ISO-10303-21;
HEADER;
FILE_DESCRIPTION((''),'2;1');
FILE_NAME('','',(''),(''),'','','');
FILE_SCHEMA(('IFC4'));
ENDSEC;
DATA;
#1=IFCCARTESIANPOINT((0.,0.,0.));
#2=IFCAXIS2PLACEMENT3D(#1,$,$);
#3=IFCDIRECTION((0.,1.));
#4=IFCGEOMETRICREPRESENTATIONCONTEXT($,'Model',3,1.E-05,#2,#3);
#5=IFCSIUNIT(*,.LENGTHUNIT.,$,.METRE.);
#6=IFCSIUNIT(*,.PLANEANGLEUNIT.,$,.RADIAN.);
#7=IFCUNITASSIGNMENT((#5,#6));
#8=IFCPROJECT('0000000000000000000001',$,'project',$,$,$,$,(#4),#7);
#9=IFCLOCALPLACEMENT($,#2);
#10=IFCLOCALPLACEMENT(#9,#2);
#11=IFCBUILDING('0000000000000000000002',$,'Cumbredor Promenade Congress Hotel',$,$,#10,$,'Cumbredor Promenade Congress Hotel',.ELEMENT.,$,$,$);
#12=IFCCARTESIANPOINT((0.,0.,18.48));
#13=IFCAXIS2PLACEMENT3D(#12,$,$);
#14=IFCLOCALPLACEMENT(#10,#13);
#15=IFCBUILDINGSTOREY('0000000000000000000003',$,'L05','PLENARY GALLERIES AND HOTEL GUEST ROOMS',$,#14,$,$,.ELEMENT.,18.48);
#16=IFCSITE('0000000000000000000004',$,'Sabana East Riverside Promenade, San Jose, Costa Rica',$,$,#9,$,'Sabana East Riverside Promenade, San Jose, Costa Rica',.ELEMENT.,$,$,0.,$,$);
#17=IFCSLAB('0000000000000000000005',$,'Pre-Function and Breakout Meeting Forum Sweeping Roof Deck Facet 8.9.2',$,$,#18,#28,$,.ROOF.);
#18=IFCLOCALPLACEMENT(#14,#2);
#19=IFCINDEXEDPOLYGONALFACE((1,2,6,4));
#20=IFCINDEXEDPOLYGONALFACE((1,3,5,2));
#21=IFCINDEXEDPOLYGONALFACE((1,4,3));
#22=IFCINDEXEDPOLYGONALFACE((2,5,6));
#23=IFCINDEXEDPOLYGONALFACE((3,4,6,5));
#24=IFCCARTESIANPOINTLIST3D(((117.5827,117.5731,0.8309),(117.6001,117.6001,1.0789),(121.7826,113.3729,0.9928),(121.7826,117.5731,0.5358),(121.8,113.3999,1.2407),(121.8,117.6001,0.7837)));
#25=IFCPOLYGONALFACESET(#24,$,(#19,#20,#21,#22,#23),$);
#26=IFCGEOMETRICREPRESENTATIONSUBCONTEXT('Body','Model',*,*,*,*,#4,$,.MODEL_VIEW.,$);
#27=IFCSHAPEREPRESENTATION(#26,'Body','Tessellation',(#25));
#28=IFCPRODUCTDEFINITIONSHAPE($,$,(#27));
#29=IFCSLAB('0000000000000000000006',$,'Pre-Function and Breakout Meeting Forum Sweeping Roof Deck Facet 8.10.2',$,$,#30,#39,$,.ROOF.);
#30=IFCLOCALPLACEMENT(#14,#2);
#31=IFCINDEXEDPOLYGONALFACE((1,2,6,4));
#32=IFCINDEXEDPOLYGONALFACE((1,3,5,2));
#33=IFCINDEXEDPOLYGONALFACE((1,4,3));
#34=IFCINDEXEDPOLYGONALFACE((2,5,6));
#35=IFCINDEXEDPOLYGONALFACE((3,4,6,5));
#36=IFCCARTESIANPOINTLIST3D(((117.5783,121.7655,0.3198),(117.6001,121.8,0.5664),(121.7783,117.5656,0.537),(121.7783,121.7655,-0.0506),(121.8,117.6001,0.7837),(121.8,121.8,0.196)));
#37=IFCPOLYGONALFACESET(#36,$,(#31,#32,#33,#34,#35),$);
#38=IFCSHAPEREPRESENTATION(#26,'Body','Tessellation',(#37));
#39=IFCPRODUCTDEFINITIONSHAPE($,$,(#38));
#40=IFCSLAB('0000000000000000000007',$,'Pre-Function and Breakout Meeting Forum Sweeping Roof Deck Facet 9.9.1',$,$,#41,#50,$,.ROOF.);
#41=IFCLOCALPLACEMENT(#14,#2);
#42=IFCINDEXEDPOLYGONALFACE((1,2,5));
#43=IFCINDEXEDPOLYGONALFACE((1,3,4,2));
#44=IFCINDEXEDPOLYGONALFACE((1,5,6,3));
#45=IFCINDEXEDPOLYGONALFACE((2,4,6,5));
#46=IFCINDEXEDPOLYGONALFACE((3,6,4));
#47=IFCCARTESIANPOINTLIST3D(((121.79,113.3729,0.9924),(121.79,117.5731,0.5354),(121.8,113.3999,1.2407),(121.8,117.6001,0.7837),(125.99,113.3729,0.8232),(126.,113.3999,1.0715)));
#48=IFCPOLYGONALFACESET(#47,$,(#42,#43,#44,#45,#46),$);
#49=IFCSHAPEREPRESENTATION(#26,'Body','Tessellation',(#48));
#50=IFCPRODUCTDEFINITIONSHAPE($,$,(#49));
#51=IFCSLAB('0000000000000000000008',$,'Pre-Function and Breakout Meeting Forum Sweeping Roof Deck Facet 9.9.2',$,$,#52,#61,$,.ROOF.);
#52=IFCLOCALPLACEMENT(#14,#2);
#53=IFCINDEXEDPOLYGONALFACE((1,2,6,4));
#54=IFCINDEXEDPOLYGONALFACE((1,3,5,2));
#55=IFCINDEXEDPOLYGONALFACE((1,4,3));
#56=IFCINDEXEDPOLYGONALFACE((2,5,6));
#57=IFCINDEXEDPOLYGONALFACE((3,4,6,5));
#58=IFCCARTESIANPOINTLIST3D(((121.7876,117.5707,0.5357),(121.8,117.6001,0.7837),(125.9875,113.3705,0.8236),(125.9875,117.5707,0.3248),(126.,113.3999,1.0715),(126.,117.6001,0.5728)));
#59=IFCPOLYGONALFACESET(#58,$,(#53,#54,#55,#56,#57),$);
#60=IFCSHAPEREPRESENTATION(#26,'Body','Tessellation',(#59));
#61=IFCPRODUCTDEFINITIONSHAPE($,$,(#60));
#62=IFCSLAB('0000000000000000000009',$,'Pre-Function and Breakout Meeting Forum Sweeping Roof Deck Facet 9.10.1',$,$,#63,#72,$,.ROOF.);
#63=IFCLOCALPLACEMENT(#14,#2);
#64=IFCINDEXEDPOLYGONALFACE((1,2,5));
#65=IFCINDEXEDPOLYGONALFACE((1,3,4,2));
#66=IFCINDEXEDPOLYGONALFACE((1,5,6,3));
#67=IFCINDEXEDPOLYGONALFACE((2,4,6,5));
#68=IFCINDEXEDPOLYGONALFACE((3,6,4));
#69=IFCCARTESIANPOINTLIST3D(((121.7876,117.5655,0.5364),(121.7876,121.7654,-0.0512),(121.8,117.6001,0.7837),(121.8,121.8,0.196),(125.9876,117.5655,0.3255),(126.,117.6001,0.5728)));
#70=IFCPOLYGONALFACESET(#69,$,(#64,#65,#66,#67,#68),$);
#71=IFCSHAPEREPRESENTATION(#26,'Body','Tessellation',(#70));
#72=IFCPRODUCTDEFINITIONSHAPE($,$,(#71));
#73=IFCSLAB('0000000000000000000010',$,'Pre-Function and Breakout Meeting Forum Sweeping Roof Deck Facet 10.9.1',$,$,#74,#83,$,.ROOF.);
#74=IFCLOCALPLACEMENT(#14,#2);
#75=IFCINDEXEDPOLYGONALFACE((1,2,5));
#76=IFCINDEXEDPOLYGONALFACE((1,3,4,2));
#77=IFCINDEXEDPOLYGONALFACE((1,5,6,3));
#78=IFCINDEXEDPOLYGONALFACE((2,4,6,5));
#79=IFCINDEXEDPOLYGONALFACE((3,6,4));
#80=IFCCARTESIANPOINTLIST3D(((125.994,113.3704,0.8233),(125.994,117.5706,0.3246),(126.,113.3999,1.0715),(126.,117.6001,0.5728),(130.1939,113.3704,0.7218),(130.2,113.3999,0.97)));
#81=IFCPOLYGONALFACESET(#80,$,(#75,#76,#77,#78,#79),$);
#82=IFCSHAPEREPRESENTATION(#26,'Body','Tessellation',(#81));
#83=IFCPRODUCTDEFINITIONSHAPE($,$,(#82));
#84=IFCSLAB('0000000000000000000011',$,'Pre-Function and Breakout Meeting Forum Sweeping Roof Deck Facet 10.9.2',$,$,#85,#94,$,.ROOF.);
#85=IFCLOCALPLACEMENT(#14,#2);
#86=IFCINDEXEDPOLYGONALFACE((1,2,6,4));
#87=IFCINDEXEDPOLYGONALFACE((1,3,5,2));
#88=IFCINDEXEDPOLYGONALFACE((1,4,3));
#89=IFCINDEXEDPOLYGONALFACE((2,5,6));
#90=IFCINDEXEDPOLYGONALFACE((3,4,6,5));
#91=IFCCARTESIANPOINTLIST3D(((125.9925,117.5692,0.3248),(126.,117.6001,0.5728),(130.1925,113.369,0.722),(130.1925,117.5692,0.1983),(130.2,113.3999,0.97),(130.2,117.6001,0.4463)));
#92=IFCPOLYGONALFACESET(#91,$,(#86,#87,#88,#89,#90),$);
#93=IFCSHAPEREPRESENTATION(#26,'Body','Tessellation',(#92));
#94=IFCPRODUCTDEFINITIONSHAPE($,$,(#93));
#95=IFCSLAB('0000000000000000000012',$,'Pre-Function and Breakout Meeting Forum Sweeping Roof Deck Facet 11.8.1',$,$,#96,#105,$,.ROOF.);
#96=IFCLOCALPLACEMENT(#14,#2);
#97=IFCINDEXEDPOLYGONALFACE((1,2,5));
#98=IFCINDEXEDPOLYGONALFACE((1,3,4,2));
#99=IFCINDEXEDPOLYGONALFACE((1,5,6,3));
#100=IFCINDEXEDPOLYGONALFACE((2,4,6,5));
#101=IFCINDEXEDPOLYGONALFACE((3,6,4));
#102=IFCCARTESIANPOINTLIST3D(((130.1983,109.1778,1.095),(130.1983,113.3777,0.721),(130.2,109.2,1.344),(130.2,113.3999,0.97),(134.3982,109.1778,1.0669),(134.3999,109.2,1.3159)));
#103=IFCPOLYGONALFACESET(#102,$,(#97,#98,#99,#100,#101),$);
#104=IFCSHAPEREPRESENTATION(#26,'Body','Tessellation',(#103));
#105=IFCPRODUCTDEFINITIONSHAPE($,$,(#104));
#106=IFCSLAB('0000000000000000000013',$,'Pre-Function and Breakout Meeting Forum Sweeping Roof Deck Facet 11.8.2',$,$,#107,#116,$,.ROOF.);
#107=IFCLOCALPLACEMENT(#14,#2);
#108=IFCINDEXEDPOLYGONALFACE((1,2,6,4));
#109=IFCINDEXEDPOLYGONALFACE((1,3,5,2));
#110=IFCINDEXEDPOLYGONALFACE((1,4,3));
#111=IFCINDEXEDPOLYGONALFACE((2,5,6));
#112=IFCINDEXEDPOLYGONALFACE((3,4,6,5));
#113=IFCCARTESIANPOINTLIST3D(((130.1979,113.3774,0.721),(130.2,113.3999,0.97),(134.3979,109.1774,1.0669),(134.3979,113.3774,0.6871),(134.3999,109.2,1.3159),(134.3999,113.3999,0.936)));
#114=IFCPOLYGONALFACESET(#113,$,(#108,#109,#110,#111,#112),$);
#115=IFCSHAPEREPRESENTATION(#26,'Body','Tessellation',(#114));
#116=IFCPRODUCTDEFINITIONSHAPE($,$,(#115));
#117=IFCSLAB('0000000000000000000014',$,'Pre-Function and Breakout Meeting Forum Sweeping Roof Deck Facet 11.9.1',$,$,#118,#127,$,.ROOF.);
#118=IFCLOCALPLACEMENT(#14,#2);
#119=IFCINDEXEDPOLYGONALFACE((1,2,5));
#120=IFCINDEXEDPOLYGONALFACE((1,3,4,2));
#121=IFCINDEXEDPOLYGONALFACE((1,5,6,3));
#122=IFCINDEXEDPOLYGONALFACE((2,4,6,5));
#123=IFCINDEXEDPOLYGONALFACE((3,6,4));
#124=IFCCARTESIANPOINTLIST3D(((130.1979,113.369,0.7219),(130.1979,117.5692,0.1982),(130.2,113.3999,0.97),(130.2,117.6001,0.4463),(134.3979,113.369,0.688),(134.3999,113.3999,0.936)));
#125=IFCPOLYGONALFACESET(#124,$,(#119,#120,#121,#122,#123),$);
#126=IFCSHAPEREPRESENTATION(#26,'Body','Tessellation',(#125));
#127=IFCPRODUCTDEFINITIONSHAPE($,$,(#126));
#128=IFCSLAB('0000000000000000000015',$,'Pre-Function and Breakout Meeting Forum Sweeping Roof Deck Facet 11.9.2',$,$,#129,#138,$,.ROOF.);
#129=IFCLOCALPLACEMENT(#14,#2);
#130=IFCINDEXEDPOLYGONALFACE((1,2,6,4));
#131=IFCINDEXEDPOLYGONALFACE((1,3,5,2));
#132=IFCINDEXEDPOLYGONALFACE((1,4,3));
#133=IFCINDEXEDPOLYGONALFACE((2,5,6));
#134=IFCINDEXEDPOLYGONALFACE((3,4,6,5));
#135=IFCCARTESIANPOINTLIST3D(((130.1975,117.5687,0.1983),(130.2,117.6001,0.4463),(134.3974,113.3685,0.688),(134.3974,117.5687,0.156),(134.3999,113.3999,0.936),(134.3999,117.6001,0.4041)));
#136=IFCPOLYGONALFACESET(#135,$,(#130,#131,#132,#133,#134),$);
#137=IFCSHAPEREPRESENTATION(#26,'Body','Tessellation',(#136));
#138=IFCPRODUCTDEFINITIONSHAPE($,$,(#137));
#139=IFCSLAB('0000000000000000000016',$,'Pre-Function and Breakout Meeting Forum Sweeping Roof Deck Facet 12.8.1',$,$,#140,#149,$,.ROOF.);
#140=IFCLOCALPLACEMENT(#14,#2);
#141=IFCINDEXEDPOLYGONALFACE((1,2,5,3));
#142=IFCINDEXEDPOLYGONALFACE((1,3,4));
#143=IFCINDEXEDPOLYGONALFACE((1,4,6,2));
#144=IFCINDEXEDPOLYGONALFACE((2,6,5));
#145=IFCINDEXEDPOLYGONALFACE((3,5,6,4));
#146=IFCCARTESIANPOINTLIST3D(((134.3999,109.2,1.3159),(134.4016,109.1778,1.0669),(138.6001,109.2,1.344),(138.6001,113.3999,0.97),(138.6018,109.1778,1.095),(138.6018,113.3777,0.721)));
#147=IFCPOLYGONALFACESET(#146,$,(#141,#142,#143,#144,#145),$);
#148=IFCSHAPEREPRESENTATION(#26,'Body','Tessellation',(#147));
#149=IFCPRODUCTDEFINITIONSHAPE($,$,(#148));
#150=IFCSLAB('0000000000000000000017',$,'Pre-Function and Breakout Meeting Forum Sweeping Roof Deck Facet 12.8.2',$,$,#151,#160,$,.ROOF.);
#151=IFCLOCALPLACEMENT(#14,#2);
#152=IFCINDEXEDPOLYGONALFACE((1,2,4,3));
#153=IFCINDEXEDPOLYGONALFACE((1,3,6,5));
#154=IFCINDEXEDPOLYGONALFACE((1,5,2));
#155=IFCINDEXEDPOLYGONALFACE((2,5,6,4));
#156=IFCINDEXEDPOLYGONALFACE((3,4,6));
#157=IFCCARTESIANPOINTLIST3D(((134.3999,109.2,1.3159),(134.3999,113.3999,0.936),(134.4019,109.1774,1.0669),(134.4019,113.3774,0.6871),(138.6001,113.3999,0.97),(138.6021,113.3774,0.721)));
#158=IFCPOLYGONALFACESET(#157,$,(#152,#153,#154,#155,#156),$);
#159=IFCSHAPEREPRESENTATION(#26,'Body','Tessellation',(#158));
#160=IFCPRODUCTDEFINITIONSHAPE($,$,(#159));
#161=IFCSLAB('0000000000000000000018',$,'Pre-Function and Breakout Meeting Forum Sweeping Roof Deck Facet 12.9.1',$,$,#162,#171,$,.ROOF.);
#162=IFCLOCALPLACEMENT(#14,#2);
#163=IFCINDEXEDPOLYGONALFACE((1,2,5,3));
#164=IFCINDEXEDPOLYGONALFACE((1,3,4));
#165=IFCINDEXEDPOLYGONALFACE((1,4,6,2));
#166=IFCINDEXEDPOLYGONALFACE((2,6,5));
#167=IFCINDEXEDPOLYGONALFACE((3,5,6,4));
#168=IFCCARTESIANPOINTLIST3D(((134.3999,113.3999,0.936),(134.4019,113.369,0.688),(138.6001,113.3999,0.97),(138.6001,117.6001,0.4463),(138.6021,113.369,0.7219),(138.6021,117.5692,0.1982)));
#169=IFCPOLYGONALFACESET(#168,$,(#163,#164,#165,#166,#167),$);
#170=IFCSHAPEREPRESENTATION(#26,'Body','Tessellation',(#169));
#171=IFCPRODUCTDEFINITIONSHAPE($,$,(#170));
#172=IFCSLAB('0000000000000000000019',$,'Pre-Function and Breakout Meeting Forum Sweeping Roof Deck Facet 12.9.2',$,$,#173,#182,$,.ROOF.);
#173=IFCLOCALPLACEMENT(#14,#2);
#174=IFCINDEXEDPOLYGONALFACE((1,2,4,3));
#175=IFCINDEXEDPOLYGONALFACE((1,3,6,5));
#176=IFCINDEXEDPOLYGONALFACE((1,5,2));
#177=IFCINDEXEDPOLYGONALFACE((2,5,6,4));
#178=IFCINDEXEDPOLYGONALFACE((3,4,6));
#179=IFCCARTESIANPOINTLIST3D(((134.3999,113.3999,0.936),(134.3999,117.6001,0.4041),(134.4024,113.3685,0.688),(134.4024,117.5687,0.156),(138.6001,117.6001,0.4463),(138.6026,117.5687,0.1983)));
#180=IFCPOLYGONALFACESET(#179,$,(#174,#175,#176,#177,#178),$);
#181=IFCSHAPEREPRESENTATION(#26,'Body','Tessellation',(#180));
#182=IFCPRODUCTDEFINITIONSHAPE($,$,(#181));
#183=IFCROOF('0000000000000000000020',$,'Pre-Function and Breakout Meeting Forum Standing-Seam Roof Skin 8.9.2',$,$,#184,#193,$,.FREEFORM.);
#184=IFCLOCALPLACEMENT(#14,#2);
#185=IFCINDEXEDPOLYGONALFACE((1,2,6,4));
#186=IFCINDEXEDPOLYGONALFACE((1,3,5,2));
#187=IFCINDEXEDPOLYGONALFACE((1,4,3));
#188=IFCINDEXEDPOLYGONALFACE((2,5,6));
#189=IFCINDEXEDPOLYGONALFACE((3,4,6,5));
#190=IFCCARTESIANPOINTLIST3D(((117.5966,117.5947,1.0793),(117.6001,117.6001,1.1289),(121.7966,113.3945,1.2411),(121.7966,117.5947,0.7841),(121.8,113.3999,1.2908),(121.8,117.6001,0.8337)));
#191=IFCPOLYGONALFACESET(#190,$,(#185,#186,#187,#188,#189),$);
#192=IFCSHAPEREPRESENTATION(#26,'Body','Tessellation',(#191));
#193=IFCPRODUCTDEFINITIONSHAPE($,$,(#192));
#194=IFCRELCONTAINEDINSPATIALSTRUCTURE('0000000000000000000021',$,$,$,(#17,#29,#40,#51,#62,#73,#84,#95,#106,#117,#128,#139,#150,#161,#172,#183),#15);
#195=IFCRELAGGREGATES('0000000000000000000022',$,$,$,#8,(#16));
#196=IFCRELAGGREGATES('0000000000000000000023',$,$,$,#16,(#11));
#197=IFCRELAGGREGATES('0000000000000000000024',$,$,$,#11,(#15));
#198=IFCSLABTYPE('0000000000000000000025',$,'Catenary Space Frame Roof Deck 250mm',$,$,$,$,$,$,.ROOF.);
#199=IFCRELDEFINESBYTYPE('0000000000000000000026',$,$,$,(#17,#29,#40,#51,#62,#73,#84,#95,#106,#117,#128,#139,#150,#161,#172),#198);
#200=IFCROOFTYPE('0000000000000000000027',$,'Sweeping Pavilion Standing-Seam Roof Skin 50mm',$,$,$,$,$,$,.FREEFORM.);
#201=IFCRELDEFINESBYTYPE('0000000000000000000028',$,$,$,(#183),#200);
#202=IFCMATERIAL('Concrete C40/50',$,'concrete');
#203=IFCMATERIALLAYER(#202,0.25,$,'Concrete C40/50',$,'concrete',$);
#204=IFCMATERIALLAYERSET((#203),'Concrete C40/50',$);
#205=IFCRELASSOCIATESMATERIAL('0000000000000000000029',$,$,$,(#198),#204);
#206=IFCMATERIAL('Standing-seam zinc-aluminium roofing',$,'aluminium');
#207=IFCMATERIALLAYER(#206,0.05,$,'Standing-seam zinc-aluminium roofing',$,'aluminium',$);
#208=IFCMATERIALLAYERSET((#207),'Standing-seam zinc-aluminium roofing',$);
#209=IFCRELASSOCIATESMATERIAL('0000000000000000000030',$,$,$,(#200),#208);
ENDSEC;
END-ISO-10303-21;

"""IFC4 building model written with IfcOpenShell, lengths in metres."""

from ifc_helpers import new_model, si_unit, direction, frame, origin, place, context, subcontext, project, spatial, polyline, outline, extrude, material, layer, layer_set, type_object, element, save


model = new_model("IFC4")

# Units and contexts
model_context = context("Model", 3, precision=1e-05, world=origin(), true_north=direction((0.0, 1.0)))
body_context = subcontext(model_context, "Body", "Model", "MODEL_VIEW")
ifc_project = project(units=[si_unit("LENGTHUNIT", "METRE"), si_unit("PLANEANGLEUNIT", "RADIAN")], contexts=[model_context])

# Site, building, storey
site_placement = place(None, origin())
site = spatial("IfcSite", under=ifc_project, at=site_placement, Name="Sabana East Riverside Promenade, San Jose, Costa Rica", LongName="Sabana East Riverside Promenade, San Jose, Costa Rica", CompositionType="ELEMENT", RefElevation=0.0)
building_placement = place(site_placement, origin())
building = spatial("IfcBuilding", under=site, at=building_placement, Name="Cumbredor Promenade Congress Hotel", LongName="Cumbredor Promenade Congress Hotel", CompositionType="ELEMENT")
storey_placement = place(building_placement, frame((0.0, 0.0, 18.48)))
storey = spatial("IfcBuildingStorey", under=building, at=storey_placement, Name="L05", Description="PLENARY GALLERIES AND HOTEL GUEST ROOMS", CompositionType="ELEMENT", Elevation=18.48)

# Slabs
ifc_material_1 = material(Name="Concrete C40/50", Category="concrete")
ifc_layer_1 = layer(ifc_material_1, 0.25, Name="Concrete C40/50", Category="concrete")
ifc_layer_set_1 = layer_set([ifc_layer_1], Name="Concrete C40/50")
slab_type = type_object("IfcSlabType", Name="Catenary Space Frame Roof Deck 250mm", PredefinedType="ROOF", material=ifc_layer_set_1)
slab_1_placement = place(storey_placement, frame((121.8, 113.3999, 1.2407), z_axis=(0.069696, 0.10791, 0.991715), x_axis=(0.0, 0.994132, -0.108173)))
element("IfcSlab", 1, at=slab_1_placement, inside=storey, type_object=slab_type, Name="Pre-Function and Breakout Meeting Forum Sweeping Roof Deck Facet 8.9.2", PredefinedType="ROOF", context=body_context, shape_type="SweptSolid", body=[
    extrude(outline(polyline([(0.0, 0.0), (4.225, 0.0), (4.1931, 4.2102), (0.0, 0.0)])), origin(), (0.0, 0.0, -1.0), 0.25),
])
slab_2_placement = place(storey_placement, frame((121.8, 117.6001, 0.7837), z_axis=(0.087, 0.138042, 0.986598), x_axis=(0.0, 0.990353, -0.138568)))
element("IfcSlab", 2, at=slab_2_placement, inside=storey, type_object=slab_type, Name="Pre-Function and Breakout Meeting Forum Sweeping Roof Deck Facet 8.10.2", PredefinedType="ROOF", context=body_context, shape_type="SweptSolid", body=[
    extrude(outline(polyline([(0.0, 0.0), (4.2409, 0.0), (4.1895, 4.2159), (0.0, 0.0)])), origin(), (0.0, 0.0, -1.0), 0.25),
])
slab_3_placement = place(storey_placement, frame((121.8, 113.3999, 1.2407), z_axis=(0.040015, 0.108087, 0.993336), x_axis=(0.99919, 0.0, -0.040251)))
element("IfcSlab", 3, at=slab_3_placement, inside=storey, type_object=slab_type, Name="Pre-Function and Breakout Meeting Forum Sweeping Roof Deck Facet 9.9.1", PredefinedType="ROOF", context=body_context, shape_type="SweptSolid", body=[
    extrude(outline(polyline([(0.0, 0.0), (4.2034, 0.0), (0.0184, 4.2249), (0.0, 0.0)])), origin(), (0.0, 0.0, -1.0), 0.25),
])
slab_4_placement = place(storey_placement, frame((126.0, 113.3999, 1.0715), z_axis=(0.049811, 0.117777, 0.99179), x_axis=(0.0, 0.993023, -0.117923)))
element("IfcSlab", 4, at=slab_4_placement, inside=storey, type_object=slab_type, Name="Pre-Function and Breakout Meeting Forum Sweeping Roof Deck Facet 9.9.2", PredefinedType="ROOF", context=body_context, shape_type="SweptSolid", body=[
    extrude(outline(polyline([(0.0, 0.0), (4.2297, 0.0), (4.2048, 4.2052), (0.0, 0.0)])), origin(), (0.0, 0.0, -1.0), 0.25),
])
slab_5_placement = place(storey_placement, frame((121.8, 117.6001, 0.7837), z_axis=(0.049678, 0.138397, 0.98913), x_axis=(0.998741, 0.0, -0.050161)))
element("IfcSlab", 5, at=slab_5_placement, inside=storey, type_object=slab_type, Name="Pre-Function and Breakout Meeting Forum Sweeping Roof Deck Facet 9.10.1", PredefinedType="ROOF", context=body_context, shape_type="SweptSolid", body=[
    extrude(outline(polyline([(0.0, 0.0), (4.2052, 0.0), (0.0295, 4.2408), (0.0, 0.0)])), origin(), (0.0, 0.0, -1.0), 0.25),
])
slab_6_placement = place(storey_placement, frame((126.0, 113.3999, 1.0715), z_axis=(0.024006, 0.117889, 0.992737), x_axis=(0.999708, 0.0, -0.024175)))
element("IfcSlab", 6, at=slab_6_placement, inside=storey, type_object=slab_type, Name="Pre-Function and Breakout Meeting Forum Sweeping Roof Deck Facet 10.9.1", PredefinedType="ROOF", context=body_context, shape_type="SweptSolid", body=[
    extrude(outline(polyline([(0.0, 0.0), (4.2012, 0.0), (0.0121, 4.2297), (0.0, 0.0)])), origin(), (0.0, 0.0, -1.0), 0.25),
])
slab_7_placement = place(storey_placement, frame((130.2, 113.3999, 0.97), z_axis=(0.029866, 0.123667, 0.991874), x_axis=(0.0, 0.992317, -0.123722)))
element("IfcSlab", 7, at=slab_7_placement, inside=storey, type_object=slab_type, Name="Pre-Function and Breakout Meeting Forum Sweeping Roof Deck Facet 10.9.2", PredefinedType="ROOF", context=body_context, shape_type="SweptSolid", body=[
    extrude(outline(polyline([(0.0, 0.0), (4.2327, 0.0), (4.2171, 4.2018), (0.0, 0.0)])), origin(), (0.0, 0.0, -1.0), 0.25),
])
slab_8_placement = place(storey_placement, frame((130.2, 109.2, 1.344), z_axis=(0.006658, 0.088701, 0.996036), x_axis=(0.999978, 0.0, -0.006685)))
element("IfcSlab", 8, at=slab_8_placement, inside=storey, type_object=slab_type, Name="Pre-Function and Breakout Meeting Forum Sweeping Roof Deck Facet 11.8.1", PredefinedType="ROOF", context=body_context, shape_type="SweptSolid", body=[
    extrude(outline(polyline([(0.0, 0.0), (4.2, 0.0), (0.0025, 4.2166), (0.0, 0.0)])), origin(), (0.0, 0.0, -1.0), 0.25),
])
slab_9_placement = place(storey_placement, frame((134.3999, 109.2, 1.3159), z_axis=(0.008047, 0.090079, 0.995902), x_axis=(0.0, 0.995934, -0.090082)))
element("IfcSlab", 9, at=slab_9_placement, inside=storey, type_object=slab_type, Name="Pre-Function and Breakout Meeting Forum Sweeping Roof Deck Facet 11.8.2", PredefinedType="ROOF", context=body_context, shape_type="SweptSolid", body=[
    extrude(outline(polyline([(0.0, 0.0), (4.2171, 0.0), (4.214, 4.2001), (0.0, 0.0)])), origin(), (0.0, 0.0, -1.0), 0.25),
])
slab_10_placement = place(storey_placement, frame((130.2, 113.3999, 0.97), z_axis=(0.008018, 0.123718, 0.992285), x_axis=(0.999967, 0.0, -0.00808)))
element("IfcSlab", 10, at=slab_10_placement, inside=storey, type_object=slab_type, Name="Pre-Function and Breakout Meeting Forum Sweeping Roof Deck Facet 11.9.1", PredefinedType="ROOF", context=body_context, shape_type="SweptSolid", body=[
    extrude(outline(polyline([(0.0, 0.0), (4.2001, 0.0), (0.0042, 4.2327), (0.0, 0.0)])), origin(), (0.0, 0.0, -1.0), 0.25),
])
slab_11_placement = place(storey_placement, frame((134.3999, 113.3999, 0.936), z_axis=(0.009976, 0.125646, 0.992025), x_axis=(0.0, 0.992074, -0.125653)))
element("IfcSlab", 11, at=slab_11_placement, inside=storey, type_object=slab_type, Name="Pre-Function and Breakout Meeting Forum Sweeping Roof Deck Facet 11.9.2", PredefinedType="ROOF", context=body_context, shape_type="SweptSolid", body=[
    extrude(outline(polyline([(0.0, 0.0), (4.2338, 0.0), (4.2284, 4.2002), (0.0, 0.0)])), origin(), (0.0, 0.0, -1.0), 0.25),
])
slab_12_placement = place(storey_placement, frame((134.3999, 109.2, 1.3159), z_axis=(-0.006658, 0.088701, 0.996036), x_axis=(0.999978, 0.0, 0.006684)))
element("IfcSlab", 12, at=slab_12_placement, inside=storey, type_object=slab_type, Name="Pre-Function and Breakout Meeting Forum Sweeping Roof Deck Facet 12.8.1", PredefinedType="ROOF", context=body_context, shape_type="SweptSolid", body=[
    extrude(outline(polyline([(0.0, 0.0), (4.2003, 0.0), (4.1978, 4.2166), (0.0, 0.0)])), origin(), (0.0, 0.0, -1.0), 0.25),
])
slab_13_placement = place(storey_placement, frame((134.3999, 109.2, 1.3159), z_axis=(-0.008046, 0.090079, 0.995902), x_axis=(0.705931, 0.70589, -0.058144)))
element("IfcSlab", 13, at=slab_13_placement, inside=storey, type_object=slab_type, Name="Pre-Function and Breakout Meeting Forum Sweeping Roof Deck Facet 12.8.2", PredefinedType="ROOF", context=body_context, shape_type="SweptSolid", body=[
    extrude(outline(polyline([(0.0, 0.0), (5.9499, 0.0), (2.9868, 2.9771), (0.0, 0.0)])), origin(), (0.0, 0.0, -1.0), 0.25),
])
slab_14_placement = place(storey_placement, frame((134.3999, 113.3999, 0.936), z_axis=(-0.008017, 0.123718, 0.992285), x_axis=(0.999967, 0.0, 0.008079)))
element("IfcSlab", 14, at=slab_14_placement, inside=storey, type_object=slab_type, Name="Pre-Function and Breakout Meeting Forum Sweeping Roof Deck Facet 12.9.1", PredefinedType="ROOF", context=body_context, shape_type="SweptSolid", body=[
    extrude(outline(polyline([(0.0, 0.0), (4.2003, 0.0), (4.1961, 4.2327), (0.0, 0.0)])), origin(), (0.0, 0.0, -1.0), 0.25),
])
slab_15_placement = place(storey_placement, frame((134.3999, 113.3999, 0.936), z_axis=(-0.009976, 0.125646, 0.992025), x_axis=(0.704716, 0.704716, -0.08217)))
element("IfcSlab", 15, at=slab_15_placement, inside=storey, type_object=slab_type, Name="Pre-Function and Breakout Meeting Forum Sweeping Roof Deck Facet 12.9.2", PredefinedType="ROOF", context=body_context, shape_type="SweptSolid", body=[
    extrude(outline(polyline([(0.0, 0.0), (5.9601, 0.0), (3.0037, 2.9837), (0.0, 0.0)])), origin(), (0.0, 0.0, -1.0), 0.25),
])

# Roof
ifc_material_2 = material(Name="Standing-seam zinc-aluminium roofing", Category="aluminium")
ifc_layer_2 = layer(ifc_material_2, 0.05, Name="Standing-seam zinc-aluminium roofing", Category="aluminium")
ifc_layer_set_2 = layer_set([ifc_layer_2], Name="Standing-seam zinc-aluminium roofing")
roof_type = type_object("IfcRoofType", Name="Sweeping Pavilion Standing-Seam Roof Skin 50mm", PredefinedType="FREEFORM", material=ifc_layer_set_2)
roof_1_placement = place(storey_placement, frame((121.8, 113.3999, 1.2908), z_axis=(0.069696, 0.10791, 0.991715), x_axis=(0.0, 0.994132, -0.108173)))
element("IfcRoof", 16, at=roof_1_placement, inside=storey, type_object=roof_type, Name="Pre-Function and Breakout Meeting Forum Standing-Seam Roof Skin 8.9.2", PredefinedType="FREEFORM", context=body_context, shape_type="SweptSolid", body=[
    extrude(outline(polyline([(0.0, 0.0), (4.225, 0.0), (4.1931, 4.2102), (0.0, 0.0)])), origin(), (0.0, 0.0, -1.0), 0.05),
])

save(model, "model.ifc")
